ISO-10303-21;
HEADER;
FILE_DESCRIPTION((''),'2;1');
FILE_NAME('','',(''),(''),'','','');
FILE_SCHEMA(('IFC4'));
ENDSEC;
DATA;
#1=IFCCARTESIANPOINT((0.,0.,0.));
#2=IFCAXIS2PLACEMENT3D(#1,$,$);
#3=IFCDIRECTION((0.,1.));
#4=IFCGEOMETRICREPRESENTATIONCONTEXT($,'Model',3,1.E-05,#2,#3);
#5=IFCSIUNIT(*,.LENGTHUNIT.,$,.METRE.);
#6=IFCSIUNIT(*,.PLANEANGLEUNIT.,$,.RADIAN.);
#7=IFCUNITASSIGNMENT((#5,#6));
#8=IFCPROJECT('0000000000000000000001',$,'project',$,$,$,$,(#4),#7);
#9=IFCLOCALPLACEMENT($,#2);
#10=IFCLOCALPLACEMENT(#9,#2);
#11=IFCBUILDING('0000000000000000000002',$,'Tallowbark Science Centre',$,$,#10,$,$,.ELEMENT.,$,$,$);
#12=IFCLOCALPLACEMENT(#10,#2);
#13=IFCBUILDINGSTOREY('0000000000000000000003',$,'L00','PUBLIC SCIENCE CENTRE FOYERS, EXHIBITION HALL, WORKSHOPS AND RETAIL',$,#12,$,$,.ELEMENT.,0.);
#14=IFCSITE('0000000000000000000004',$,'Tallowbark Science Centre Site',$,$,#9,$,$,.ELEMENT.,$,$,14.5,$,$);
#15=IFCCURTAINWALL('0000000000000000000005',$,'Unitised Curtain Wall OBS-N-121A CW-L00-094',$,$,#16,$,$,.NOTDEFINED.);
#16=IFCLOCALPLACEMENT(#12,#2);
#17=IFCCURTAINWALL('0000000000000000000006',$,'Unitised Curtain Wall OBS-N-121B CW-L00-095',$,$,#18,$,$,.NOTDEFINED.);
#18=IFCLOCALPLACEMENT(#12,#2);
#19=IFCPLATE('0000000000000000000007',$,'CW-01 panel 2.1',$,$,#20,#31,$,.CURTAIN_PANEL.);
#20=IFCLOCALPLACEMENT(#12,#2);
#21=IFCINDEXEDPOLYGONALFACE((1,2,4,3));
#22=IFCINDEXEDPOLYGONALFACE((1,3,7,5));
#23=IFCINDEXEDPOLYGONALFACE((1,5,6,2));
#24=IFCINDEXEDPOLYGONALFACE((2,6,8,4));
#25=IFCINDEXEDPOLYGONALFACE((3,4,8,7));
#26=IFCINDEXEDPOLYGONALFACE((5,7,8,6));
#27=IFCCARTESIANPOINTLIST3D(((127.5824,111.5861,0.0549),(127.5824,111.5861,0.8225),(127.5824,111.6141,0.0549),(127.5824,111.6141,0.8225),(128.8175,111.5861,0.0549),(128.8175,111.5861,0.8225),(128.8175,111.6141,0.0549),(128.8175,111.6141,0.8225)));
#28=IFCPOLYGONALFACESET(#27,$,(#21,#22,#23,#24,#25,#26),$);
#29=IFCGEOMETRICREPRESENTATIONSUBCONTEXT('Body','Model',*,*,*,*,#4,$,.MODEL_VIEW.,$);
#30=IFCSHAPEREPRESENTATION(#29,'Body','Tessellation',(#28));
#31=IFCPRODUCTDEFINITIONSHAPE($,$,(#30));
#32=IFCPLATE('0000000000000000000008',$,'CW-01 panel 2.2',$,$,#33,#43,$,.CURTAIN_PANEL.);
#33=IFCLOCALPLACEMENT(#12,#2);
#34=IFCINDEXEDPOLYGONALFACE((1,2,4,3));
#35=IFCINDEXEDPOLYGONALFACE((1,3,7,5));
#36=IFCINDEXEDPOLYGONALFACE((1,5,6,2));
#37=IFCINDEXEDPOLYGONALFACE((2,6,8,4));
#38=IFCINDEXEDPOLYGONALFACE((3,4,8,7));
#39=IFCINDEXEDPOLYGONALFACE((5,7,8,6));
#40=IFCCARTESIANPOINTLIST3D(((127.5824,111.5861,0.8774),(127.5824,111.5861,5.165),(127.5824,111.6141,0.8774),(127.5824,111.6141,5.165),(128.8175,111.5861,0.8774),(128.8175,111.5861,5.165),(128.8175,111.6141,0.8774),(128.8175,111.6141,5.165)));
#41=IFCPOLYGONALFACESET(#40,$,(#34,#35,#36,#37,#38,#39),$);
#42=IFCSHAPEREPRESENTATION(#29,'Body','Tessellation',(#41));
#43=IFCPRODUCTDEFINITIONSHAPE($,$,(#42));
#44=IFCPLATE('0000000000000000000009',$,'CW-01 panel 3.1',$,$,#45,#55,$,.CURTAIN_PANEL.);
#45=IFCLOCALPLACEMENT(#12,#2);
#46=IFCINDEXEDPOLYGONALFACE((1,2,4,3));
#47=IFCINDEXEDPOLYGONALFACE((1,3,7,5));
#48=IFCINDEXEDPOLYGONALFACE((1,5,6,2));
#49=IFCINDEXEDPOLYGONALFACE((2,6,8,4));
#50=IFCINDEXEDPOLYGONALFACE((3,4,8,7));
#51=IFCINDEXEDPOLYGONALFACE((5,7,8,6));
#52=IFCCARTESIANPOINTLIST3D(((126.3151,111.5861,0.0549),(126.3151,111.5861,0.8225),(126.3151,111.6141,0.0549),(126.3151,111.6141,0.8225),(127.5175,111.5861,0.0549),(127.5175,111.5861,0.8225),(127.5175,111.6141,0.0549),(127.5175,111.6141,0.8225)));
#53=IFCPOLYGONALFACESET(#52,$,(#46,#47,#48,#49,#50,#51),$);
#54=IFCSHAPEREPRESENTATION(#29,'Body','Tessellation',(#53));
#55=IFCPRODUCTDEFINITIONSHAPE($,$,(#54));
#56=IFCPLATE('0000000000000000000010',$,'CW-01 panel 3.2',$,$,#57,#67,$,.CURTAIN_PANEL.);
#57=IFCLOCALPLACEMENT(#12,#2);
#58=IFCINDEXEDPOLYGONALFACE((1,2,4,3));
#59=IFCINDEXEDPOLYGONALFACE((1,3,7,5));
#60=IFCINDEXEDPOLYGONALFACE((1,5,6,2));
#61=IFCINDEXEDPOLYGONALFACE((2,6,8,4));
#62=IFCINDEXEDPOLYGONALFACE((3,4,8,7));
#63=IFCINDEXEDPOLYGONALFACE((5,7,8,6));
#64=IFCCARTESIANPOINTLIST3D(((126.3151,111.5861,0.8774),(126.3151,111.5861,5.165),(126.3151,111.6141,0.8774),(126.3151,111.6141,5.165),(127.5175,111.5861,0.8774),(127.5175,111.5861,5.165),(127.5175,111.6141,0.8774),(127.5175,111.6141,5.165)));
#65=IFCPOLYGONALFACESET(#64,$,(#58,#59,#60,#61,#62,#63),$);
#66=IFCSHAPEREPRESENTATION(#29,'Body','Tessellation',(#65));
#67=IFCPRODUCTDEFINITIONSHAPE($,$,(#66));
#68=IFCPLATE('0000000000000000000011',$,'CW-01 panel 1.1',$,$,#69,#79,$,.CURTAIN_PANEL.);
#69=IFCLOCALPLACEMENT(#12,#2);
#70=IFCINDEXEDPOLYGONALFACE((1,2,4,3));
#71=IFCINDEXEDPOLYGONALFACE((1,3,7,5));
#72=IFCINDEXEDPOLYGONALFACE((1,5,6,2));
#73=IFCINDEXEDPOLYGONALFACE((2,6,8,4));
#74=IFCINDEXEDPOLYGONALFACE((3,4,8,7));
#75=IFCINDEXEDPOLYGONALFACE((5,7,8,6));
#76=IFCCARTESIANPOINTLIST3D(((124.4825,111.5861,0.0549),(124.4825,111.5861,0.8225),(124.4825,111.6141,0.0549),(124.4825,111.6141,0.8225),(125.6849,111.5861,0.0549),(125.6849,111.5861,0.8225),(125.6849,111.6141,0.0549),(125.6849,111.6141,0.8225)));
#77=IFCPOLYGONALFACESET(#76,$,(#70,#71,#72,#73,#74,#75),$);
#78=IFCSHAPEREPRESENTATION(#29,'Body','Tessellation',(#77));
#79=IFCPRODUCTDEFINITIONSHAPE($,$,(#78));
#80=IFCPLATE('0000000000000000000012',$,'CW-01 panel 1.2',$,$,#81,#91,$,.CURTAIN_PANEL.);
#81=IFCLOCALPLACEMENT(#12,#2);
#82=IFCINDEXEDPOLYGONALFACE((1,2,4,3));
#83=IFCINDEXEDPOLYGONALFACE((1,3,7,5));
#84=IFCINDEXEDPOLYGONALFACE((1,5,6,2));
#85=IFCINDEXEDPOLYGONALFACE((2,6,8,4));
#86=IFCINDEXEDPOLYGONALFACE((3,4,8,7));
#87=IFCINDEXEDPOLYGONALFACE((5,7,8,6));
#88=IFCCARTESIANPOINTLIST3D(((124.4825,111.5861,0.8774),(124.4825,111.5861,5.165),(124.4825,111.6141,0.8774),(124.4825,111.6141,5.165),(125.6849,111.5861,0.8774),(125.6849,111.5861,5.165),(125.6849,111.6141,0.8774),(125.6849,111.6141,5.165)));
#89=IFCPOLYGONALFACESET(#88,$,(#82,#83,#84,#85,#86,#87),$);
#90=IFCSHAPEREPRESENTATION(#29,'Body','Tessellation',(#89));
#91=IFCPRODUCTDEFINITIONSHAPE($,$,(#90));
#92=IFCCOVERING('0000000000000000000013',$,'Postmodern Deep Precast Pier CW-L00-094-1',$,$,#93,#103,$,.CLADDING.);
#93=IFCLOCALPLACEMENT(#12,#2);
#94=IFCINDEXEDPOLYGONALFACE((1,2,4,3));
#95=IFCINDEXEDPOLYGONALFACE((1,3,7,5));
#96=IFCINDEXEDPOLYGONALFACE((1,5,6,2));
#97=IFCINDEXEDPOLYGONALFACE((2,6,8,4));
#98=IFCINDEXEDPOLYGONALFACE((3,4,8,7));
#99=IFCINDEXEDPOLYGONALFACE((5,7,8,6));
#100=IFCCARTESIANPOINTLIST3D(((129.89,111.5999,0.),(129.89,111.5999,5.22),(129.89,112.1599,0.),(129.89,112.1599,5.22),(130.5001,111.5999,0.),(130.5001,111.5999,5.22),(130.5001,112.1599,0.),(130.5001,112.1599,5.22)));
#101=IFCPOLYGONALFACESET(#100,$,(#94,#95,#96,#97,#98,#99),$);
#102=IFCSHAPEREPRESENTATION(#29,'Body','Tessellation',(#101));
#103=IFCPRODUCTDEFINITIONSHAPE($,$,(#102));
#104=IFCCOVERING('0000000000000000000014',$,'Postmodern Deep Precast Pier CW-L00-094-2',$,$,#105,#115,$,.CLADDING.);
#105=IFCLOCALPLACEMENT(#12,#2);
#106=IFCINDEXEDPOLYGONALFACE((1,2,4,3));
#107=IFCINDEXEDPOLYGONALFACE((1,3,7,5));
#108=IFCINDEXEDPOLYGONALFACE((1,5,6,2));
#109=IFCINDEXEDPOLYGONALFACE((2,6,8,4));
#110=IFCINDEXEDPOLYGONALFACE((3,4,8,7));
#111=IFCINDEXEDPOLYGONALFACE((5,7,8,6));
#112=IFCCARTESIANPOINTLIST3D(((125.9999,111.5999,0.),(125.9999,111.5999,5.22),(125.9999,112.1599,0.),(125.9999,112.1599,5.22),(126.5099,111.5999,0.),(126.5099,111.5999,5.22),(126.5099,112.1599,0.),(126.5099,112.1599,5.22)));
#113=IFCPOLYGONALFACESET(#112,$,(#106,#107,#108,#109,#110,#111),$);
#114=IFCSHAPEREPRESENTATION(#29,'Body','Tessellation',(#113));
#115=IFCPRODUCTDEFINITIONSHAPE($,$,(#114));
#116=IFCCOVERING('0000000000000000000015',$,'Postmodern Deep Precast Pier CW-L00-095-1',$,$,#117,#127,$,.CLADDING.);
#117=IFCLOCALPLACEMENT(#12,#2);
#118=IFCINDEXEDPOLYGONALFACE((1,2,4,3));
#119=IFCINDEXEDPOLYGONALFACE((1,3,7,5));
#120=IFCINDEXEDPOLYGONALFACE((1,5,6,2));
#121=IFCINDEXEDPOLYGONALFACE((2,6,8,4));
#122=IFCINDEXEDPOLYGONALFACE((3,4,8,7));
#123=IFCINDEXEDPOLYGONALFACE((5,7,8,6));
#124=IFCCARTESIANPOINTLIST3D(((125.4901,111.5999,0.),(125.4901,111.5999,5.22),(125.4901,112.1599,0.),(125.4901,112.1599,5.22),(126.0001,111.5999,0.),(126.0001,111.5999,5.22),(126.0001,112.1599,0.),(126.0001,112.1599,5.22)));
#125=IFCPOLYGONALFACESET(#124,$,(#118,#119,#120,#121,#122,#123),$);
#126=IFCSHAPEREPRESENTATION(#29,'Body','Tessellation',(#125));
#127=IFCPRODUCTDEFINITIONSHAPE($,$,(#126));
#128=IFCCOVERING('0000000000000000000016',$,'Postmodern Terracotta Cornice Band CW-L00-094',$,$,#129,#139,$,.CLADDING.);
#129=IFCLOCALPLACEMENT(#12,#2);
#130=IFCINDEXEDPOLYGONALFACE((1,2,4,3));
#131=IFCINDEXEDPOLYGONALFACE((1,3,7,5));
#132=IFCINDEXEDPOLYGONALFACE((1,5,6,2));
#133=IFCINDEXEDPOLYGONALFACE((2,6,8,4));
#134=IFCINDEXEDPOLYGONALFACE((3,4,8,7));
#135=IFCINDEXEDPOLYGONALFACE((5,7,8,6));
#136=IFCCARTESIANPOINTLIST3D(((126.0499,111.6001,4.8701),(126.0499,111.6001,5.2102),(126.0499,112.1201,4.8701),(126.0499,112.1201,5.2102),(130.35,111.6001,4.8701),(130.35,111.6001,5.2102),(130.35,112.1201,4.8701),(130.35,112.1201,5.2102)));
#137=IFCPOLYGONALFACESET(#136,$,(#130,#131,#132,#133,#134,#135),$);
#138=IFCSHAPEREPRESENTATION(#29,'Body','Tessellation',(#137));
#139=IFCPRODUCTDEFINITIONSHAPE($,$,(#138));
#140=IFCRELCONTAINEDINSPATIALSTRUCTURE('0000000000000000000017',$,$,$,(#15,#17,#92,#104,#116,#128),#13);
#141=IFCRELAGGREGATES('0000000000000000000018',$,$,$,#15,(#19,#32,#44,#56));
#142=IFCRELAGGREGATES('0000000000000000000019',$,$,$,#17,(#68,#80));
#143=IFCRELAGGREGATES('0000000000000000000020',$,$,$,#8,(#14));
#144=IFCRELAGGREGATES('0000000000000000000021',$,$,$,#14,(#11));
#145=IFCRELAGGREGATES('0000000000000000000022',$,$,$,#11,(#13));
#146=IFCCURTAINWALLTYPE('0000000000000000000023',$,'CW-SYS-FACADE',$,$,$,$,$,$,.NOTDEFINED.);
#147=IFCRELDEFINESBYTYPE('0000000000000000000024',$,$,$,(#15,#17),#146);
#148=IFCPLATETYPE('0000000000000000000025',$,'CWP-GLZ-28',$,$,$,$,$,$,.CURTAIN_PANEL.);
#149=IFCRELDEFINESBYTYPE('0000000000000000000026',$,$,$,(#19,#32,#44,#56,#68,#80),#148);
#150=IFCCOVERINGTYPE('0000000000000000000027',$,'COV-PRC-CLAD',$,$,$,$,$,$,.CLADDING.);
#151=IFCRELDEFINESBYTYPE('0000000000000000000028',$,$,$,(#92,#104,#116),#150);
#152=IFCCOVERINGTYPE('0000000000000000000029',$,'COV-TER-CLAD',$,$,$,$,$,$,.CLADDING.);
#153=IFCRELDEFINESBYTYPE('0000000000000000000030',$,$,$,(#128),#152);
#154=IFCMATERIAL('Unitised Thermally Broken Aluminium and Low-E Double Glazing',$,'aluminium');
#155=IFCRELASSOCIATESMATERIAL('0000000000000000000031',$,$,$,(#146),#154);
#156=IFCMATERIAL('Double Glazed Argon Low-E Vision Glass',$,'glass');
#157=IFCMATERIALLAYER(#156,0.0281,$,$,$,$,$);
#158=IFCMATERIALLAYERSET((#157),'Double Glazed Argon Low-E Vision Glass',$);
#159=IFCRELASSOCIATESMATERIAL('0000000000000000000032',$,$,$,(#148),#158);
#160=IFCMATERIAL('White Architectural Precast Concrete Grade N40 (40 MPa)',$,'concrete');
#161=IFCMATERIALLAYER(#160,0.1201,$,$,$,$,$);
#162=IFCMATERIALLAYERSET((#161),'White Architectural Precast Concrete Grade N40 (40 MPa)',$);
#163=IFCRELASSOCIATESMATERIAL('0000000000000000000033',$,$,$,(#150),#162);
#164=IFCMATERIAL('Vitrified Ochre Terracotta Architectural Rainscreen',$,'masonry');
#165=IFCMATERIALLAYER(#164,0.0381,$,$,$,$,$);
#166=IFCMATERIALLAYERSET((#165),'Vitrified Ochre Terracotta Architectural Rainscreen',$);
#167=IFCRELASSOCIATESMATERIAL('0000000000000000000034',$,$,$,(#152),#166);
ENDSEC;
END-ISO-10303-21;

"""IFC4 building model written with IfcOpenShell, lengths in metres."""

from ifc_helpers import new_model, si_unit, direction, frame, origin, origin_2d, place, context, subcontext, project, spatial, rectangle, extrude, material, layer, layer_set, type_object, element, aggregate, save


model = new_model("IFC4")

# Units and contexts
model_context = context("Model", 3, precision=1e-05, world=origin(), true_north=direction((0.0, 1.0)))
body_context = subcontext(model_context, "Body", "Model", "MODEL_VIEW")
ifc_project = project(units=[si_unit("LENGTHUNIT", "METRE"), si_unit("PLANEANGLEUNIT", "RADIAN")], contexts=[model_context])

# Site, building, storey
site_placement = place(None, origin())
site = spatial("IfcSite", under=ifc_project, at=site_placement, Name="Tallowbark Science Centre Site", CompositionType="ELEMENT", RefElevation=14.5)
building_placement = place(site_placement, origin())
building = spatial("IfcBuilding", under=site, at=building_placement, Name="Tallowbark Science Centre", CompositionType="ELEMENT")
storey_placement = place(building_placement, origin())
storey = spatial("IfcBuildingStorey", under=building, at=storey_placement, Name="L00", Description="PUBLIC SCIENCE CENTRE FOYERS, EXHIBITION HALL, WORKSHOPS AND RETAIL", CompositionType="ELEMENT", Elevation=0.0)

# Curtain walls
ifc_material_1 = material(Name="Unitised Thermally Broken Aluminium and Low-E Double Glazing", Category="aluminium")
curtain_wall_type = type_object("IfcCurtainWallType", Name="CW-SYS-FACADE", PredefinedType="NOTDEFINED", material=ifc_material_1)
curtain_wall_1_placement = place(storey_placement, origin())
curtain_wall_1 = element("IfcCurtainWall", 1, at=curtain_wall_1_placement, inside=storey, type_object=curtain_wall_type, Name="Unitised Curtain Wall OBS-N-121A CW-L00-094", PredefinedType="NOTDEFINED")
curtain_wall_2_placement = place(storey_placement, origin())
curtain_wall_2 = element("IfcCurtainWall", 2, at=curtain_wall_2_placement, inside=storey, type_object=curtain_wall_type, Name="Unitised Curtain Wall OBS-N-121B CW-L00-095", PredefinedType="NOTDEFINED")

# Plates
ifc_material_2 = material(Name="Double Glazed Argon Low-E Vision Glass", Category="glass")
ifc_layer_1 = layer(ifc_material_2, 0.0281)
ifc_layer_set_1 = layer_set([ifc_layer_1], Name="Double Glazed Argon Low-E Vision Glass")
plate_type = type_object("IfcPlateType", Name="CWP-GLZ-28", PredefinedType="CURTAIN_PANEL", material=ifc_layer_set_1)
plate_1_placement = place(storey_placement, frame((128.2, 111.6001, 0.0549), z_axis=(0.0, 0.0, 1.0), x_axis=(-1.0, 0.0, 0.0)))
plate_1 = element("IfcPlate", 3, at=plate_1_placement, type_object=plate_type, Name="CW-01 panel 2.1", PredefinedType="CURTAIN_PANEL", context=body_context, shape_type="SweptSolid", body=[
    extrude(rectangle(XDim=1.2351, YDim=0.0281, at=origin_2d()), origin(), (0.0, 0.0, 1.0), 0.7676),
])
plate_2_placement = place(storey_placement, frame((128.2, 111.6001, 0.8774), z_axis=(0.0, 0.0, 1.0), x_axis=(-1.0, 0.0, 0.0)))
plate_2 = element("IfcPlate", 4, at=plate_2_placement, type_object=plate_type, Name="CW-01 panel 2.2", PredefinedType="CURTAIN_PANEL", context=body_context, shape_type="SweptSolid", body=[
    extrude(rectangle(XDim=1.2351, YDim=0.0281, at=origin_2d()), origin(), (0.0, 0.0, 1.0), 4.2876),
])
plate_3_placement = place(storey_placement, frame((126.9163, 111.6001, 0.0549), z_axis=(0.0, 0.0, 1.0), x_axis=(-1.0, 0.0, 0.0)))
plate_3 = element("IfcPlate", 5, at=plate_3_placement, type_object=plate_type, Name="CW-01 panel 3.1", PredefinedType="CURTAIN_PANEL", context=body_context, shape_type="SweptSolid", body=[
    extrude(rectangle(XDim=1.2024, YDim=0.0281, at=origin_2d()), origin(), (0.0, 0.0, 1.0), 0.7676),
])
plate_4_placement = place(storey_placement, frame((126.9163, 111.6001, 0.8774), z_axis=(0.0, 0.0, 1.0), x_axis=(-1.0, 0.0, 0.0)))
plate_4 = element("IfcPlate", 6, at=plate_4_placement, type_object=plate_type, Name="CW-01 panel 3.2", PredefinedType="CURTAIN_PANEL", context=body_context, shape_type="SweptSolid", body=[
    extrude(rectangle(XDim=1.2024, YDim=0.0281, at=origin_2d()), origin(), (0.0, 0.0, 1.0), 4.2876),
])
aggregate(curtain_wall_1, [plate_1, plate_2, plate_3, plate_4])
plate_5_placement = place(storey_placement, frame((125.0837, 111.6001, 0.0549), z_axis=(0.0, 0.0, 1.0), x_axis=(-1.0, 0.0, 0.0)))
plate_5 = element("IfcPlate", 7, at=plate_5_placement, type_object=plate_type, Name="CW-01 panel 1.1", PredefinedType="CURTAIN_PANEL", context=body_context, shape_type="SweptSolid", body=[
    extrude(rectangle(XDim=1.2024, YDim=0.0281, at=origin_2d()), origin(), (0.0, 0.0, 1.0), 0.7676),
])
plate_6_placement = place(storey_placement, frame((125.0837, 111.6001, 0.8774), z_axis=(0.0, 0.0, 1.0), x_axis=(-1.0, 0.0, 0.0)))
plate_6 = element("IfcPlate", 8, at=plate_6_placement, type_object=plate_type, Name="CW-01 panel 1.2", PredefinedType="CURTAIN_PANEL", context=body_context, shape_type="SweptSolid", body=[
    extrude(rectangle(XDim=1.2024, YDim=0.0281, at=origin_2d()), origin(), (0.0, 0.0, 1.0), 4.2876),
])
aggregate(curtain_wall_2, [plate_5, plate_6])

# Coverings
ifc_material_3 = material(Name="White Architectural Precast Concrete Grade N40 (40 MPa)", Category="concrete")
ifc_layer_2 = layer(ifc_material_3, 0.1201)
ifc_layer_set_2 = layer_set([ifc_layer_2], Name="White Architectural Precast Concrete Grade N40 (40 MPa)")
covering_type_1 = type_object("IfcCoveringType", Name="COV-PRC-CLAD", PredefinedType="CLADDING", material=ifc_layer_set_2)
covering_1_placement = place(storey_placement, frame((130.1951, 111.8799, 0.0), z_axis=(0.0, 0.0, 1.0), x_axis=(-1.0, 0.0, 0.0)))
element("IfcCovering", 9, at=covering_1_placement, inside=storey, type_object=covering_type_1, Name="Postmodern Deep Precast Pier CW-L00-094-1", PredefinedType="CLADDING", context=body_context, shape_type="SweptSolid", body=[
    extrude(rectangle(XDim=0.6101, YDim=0.5601, at=origin_2d()), origin(), (0.0, 0.0, 1.0), 5.22),
])
for number, where, z_axis, x_axis, name in (
    (10, (126.2549, 111.8799, 0.0), (0.0, 0.0, 1.0), (-1.0, 0.0, 0.0), "Postmodern Deep Precast Pier CW-L00-094-2"),
    (11, (125.7451, 111.8799, 0.0), (0.0, 0.0, 1.0), (-1.0, 0.0, 0.0), "Postmodern Deep Precast Pier CW-L00-095-1"),
):
    element("IfcCovering", number, at=place(storey_placement, frame(where, z_axis=z_axis, x_axis=x_axis)), inside=storey, type_object=covering_type_1, Name=name, PredefinedType="CLADDING", context=body_context, shape_type="SweptSolid", body=[
        extrude(rectangle(XDim=0.51, YDim=0.5601, at=origin_2d()), origin(), (0.0, 0.0, 1.0), 5.22),
    ])
ifc_material_4 = material(Name="Vitrified Ochre Terracotta Architectural Rainscreen", Category="masonry")
ifc_layer_3 = layer(ifc_material_4, 0.0381)
ifc_layer_set_3 = layer_set([ifc_layer_3], Name="Vitrified Ochre Terracotta Architectural Rainscreen")
covering_type_2 = type_object("IfcCoveringType", Name="COV-TER-CLAD", PredefinedType="CLADDING", material=ifc_layer_set_3)
covering_2_placement = place(storey_placement, frame((128.2, 111.8601, 4.8701), z_axis=(0.0, 0.0, 1.0), x_axis=(-1.0, 0.0, 0.0)))
element("IfcCovering", 12, at=covering_2_placement, inside=storey, type_object=covering_type_2, Name="Postmodern Terracotta Cornice Band CW-L00-094", PredefinedType="CLADDING", context=body_context, shape_type="SweptSolid", body=[
    extrude(rectangle(XDim=4.3, YDim=0.52, at=origin_2d()), origin(), (0.0, 0.0, 1.0), 0.3401),
])

save(model, "model.ifc")
